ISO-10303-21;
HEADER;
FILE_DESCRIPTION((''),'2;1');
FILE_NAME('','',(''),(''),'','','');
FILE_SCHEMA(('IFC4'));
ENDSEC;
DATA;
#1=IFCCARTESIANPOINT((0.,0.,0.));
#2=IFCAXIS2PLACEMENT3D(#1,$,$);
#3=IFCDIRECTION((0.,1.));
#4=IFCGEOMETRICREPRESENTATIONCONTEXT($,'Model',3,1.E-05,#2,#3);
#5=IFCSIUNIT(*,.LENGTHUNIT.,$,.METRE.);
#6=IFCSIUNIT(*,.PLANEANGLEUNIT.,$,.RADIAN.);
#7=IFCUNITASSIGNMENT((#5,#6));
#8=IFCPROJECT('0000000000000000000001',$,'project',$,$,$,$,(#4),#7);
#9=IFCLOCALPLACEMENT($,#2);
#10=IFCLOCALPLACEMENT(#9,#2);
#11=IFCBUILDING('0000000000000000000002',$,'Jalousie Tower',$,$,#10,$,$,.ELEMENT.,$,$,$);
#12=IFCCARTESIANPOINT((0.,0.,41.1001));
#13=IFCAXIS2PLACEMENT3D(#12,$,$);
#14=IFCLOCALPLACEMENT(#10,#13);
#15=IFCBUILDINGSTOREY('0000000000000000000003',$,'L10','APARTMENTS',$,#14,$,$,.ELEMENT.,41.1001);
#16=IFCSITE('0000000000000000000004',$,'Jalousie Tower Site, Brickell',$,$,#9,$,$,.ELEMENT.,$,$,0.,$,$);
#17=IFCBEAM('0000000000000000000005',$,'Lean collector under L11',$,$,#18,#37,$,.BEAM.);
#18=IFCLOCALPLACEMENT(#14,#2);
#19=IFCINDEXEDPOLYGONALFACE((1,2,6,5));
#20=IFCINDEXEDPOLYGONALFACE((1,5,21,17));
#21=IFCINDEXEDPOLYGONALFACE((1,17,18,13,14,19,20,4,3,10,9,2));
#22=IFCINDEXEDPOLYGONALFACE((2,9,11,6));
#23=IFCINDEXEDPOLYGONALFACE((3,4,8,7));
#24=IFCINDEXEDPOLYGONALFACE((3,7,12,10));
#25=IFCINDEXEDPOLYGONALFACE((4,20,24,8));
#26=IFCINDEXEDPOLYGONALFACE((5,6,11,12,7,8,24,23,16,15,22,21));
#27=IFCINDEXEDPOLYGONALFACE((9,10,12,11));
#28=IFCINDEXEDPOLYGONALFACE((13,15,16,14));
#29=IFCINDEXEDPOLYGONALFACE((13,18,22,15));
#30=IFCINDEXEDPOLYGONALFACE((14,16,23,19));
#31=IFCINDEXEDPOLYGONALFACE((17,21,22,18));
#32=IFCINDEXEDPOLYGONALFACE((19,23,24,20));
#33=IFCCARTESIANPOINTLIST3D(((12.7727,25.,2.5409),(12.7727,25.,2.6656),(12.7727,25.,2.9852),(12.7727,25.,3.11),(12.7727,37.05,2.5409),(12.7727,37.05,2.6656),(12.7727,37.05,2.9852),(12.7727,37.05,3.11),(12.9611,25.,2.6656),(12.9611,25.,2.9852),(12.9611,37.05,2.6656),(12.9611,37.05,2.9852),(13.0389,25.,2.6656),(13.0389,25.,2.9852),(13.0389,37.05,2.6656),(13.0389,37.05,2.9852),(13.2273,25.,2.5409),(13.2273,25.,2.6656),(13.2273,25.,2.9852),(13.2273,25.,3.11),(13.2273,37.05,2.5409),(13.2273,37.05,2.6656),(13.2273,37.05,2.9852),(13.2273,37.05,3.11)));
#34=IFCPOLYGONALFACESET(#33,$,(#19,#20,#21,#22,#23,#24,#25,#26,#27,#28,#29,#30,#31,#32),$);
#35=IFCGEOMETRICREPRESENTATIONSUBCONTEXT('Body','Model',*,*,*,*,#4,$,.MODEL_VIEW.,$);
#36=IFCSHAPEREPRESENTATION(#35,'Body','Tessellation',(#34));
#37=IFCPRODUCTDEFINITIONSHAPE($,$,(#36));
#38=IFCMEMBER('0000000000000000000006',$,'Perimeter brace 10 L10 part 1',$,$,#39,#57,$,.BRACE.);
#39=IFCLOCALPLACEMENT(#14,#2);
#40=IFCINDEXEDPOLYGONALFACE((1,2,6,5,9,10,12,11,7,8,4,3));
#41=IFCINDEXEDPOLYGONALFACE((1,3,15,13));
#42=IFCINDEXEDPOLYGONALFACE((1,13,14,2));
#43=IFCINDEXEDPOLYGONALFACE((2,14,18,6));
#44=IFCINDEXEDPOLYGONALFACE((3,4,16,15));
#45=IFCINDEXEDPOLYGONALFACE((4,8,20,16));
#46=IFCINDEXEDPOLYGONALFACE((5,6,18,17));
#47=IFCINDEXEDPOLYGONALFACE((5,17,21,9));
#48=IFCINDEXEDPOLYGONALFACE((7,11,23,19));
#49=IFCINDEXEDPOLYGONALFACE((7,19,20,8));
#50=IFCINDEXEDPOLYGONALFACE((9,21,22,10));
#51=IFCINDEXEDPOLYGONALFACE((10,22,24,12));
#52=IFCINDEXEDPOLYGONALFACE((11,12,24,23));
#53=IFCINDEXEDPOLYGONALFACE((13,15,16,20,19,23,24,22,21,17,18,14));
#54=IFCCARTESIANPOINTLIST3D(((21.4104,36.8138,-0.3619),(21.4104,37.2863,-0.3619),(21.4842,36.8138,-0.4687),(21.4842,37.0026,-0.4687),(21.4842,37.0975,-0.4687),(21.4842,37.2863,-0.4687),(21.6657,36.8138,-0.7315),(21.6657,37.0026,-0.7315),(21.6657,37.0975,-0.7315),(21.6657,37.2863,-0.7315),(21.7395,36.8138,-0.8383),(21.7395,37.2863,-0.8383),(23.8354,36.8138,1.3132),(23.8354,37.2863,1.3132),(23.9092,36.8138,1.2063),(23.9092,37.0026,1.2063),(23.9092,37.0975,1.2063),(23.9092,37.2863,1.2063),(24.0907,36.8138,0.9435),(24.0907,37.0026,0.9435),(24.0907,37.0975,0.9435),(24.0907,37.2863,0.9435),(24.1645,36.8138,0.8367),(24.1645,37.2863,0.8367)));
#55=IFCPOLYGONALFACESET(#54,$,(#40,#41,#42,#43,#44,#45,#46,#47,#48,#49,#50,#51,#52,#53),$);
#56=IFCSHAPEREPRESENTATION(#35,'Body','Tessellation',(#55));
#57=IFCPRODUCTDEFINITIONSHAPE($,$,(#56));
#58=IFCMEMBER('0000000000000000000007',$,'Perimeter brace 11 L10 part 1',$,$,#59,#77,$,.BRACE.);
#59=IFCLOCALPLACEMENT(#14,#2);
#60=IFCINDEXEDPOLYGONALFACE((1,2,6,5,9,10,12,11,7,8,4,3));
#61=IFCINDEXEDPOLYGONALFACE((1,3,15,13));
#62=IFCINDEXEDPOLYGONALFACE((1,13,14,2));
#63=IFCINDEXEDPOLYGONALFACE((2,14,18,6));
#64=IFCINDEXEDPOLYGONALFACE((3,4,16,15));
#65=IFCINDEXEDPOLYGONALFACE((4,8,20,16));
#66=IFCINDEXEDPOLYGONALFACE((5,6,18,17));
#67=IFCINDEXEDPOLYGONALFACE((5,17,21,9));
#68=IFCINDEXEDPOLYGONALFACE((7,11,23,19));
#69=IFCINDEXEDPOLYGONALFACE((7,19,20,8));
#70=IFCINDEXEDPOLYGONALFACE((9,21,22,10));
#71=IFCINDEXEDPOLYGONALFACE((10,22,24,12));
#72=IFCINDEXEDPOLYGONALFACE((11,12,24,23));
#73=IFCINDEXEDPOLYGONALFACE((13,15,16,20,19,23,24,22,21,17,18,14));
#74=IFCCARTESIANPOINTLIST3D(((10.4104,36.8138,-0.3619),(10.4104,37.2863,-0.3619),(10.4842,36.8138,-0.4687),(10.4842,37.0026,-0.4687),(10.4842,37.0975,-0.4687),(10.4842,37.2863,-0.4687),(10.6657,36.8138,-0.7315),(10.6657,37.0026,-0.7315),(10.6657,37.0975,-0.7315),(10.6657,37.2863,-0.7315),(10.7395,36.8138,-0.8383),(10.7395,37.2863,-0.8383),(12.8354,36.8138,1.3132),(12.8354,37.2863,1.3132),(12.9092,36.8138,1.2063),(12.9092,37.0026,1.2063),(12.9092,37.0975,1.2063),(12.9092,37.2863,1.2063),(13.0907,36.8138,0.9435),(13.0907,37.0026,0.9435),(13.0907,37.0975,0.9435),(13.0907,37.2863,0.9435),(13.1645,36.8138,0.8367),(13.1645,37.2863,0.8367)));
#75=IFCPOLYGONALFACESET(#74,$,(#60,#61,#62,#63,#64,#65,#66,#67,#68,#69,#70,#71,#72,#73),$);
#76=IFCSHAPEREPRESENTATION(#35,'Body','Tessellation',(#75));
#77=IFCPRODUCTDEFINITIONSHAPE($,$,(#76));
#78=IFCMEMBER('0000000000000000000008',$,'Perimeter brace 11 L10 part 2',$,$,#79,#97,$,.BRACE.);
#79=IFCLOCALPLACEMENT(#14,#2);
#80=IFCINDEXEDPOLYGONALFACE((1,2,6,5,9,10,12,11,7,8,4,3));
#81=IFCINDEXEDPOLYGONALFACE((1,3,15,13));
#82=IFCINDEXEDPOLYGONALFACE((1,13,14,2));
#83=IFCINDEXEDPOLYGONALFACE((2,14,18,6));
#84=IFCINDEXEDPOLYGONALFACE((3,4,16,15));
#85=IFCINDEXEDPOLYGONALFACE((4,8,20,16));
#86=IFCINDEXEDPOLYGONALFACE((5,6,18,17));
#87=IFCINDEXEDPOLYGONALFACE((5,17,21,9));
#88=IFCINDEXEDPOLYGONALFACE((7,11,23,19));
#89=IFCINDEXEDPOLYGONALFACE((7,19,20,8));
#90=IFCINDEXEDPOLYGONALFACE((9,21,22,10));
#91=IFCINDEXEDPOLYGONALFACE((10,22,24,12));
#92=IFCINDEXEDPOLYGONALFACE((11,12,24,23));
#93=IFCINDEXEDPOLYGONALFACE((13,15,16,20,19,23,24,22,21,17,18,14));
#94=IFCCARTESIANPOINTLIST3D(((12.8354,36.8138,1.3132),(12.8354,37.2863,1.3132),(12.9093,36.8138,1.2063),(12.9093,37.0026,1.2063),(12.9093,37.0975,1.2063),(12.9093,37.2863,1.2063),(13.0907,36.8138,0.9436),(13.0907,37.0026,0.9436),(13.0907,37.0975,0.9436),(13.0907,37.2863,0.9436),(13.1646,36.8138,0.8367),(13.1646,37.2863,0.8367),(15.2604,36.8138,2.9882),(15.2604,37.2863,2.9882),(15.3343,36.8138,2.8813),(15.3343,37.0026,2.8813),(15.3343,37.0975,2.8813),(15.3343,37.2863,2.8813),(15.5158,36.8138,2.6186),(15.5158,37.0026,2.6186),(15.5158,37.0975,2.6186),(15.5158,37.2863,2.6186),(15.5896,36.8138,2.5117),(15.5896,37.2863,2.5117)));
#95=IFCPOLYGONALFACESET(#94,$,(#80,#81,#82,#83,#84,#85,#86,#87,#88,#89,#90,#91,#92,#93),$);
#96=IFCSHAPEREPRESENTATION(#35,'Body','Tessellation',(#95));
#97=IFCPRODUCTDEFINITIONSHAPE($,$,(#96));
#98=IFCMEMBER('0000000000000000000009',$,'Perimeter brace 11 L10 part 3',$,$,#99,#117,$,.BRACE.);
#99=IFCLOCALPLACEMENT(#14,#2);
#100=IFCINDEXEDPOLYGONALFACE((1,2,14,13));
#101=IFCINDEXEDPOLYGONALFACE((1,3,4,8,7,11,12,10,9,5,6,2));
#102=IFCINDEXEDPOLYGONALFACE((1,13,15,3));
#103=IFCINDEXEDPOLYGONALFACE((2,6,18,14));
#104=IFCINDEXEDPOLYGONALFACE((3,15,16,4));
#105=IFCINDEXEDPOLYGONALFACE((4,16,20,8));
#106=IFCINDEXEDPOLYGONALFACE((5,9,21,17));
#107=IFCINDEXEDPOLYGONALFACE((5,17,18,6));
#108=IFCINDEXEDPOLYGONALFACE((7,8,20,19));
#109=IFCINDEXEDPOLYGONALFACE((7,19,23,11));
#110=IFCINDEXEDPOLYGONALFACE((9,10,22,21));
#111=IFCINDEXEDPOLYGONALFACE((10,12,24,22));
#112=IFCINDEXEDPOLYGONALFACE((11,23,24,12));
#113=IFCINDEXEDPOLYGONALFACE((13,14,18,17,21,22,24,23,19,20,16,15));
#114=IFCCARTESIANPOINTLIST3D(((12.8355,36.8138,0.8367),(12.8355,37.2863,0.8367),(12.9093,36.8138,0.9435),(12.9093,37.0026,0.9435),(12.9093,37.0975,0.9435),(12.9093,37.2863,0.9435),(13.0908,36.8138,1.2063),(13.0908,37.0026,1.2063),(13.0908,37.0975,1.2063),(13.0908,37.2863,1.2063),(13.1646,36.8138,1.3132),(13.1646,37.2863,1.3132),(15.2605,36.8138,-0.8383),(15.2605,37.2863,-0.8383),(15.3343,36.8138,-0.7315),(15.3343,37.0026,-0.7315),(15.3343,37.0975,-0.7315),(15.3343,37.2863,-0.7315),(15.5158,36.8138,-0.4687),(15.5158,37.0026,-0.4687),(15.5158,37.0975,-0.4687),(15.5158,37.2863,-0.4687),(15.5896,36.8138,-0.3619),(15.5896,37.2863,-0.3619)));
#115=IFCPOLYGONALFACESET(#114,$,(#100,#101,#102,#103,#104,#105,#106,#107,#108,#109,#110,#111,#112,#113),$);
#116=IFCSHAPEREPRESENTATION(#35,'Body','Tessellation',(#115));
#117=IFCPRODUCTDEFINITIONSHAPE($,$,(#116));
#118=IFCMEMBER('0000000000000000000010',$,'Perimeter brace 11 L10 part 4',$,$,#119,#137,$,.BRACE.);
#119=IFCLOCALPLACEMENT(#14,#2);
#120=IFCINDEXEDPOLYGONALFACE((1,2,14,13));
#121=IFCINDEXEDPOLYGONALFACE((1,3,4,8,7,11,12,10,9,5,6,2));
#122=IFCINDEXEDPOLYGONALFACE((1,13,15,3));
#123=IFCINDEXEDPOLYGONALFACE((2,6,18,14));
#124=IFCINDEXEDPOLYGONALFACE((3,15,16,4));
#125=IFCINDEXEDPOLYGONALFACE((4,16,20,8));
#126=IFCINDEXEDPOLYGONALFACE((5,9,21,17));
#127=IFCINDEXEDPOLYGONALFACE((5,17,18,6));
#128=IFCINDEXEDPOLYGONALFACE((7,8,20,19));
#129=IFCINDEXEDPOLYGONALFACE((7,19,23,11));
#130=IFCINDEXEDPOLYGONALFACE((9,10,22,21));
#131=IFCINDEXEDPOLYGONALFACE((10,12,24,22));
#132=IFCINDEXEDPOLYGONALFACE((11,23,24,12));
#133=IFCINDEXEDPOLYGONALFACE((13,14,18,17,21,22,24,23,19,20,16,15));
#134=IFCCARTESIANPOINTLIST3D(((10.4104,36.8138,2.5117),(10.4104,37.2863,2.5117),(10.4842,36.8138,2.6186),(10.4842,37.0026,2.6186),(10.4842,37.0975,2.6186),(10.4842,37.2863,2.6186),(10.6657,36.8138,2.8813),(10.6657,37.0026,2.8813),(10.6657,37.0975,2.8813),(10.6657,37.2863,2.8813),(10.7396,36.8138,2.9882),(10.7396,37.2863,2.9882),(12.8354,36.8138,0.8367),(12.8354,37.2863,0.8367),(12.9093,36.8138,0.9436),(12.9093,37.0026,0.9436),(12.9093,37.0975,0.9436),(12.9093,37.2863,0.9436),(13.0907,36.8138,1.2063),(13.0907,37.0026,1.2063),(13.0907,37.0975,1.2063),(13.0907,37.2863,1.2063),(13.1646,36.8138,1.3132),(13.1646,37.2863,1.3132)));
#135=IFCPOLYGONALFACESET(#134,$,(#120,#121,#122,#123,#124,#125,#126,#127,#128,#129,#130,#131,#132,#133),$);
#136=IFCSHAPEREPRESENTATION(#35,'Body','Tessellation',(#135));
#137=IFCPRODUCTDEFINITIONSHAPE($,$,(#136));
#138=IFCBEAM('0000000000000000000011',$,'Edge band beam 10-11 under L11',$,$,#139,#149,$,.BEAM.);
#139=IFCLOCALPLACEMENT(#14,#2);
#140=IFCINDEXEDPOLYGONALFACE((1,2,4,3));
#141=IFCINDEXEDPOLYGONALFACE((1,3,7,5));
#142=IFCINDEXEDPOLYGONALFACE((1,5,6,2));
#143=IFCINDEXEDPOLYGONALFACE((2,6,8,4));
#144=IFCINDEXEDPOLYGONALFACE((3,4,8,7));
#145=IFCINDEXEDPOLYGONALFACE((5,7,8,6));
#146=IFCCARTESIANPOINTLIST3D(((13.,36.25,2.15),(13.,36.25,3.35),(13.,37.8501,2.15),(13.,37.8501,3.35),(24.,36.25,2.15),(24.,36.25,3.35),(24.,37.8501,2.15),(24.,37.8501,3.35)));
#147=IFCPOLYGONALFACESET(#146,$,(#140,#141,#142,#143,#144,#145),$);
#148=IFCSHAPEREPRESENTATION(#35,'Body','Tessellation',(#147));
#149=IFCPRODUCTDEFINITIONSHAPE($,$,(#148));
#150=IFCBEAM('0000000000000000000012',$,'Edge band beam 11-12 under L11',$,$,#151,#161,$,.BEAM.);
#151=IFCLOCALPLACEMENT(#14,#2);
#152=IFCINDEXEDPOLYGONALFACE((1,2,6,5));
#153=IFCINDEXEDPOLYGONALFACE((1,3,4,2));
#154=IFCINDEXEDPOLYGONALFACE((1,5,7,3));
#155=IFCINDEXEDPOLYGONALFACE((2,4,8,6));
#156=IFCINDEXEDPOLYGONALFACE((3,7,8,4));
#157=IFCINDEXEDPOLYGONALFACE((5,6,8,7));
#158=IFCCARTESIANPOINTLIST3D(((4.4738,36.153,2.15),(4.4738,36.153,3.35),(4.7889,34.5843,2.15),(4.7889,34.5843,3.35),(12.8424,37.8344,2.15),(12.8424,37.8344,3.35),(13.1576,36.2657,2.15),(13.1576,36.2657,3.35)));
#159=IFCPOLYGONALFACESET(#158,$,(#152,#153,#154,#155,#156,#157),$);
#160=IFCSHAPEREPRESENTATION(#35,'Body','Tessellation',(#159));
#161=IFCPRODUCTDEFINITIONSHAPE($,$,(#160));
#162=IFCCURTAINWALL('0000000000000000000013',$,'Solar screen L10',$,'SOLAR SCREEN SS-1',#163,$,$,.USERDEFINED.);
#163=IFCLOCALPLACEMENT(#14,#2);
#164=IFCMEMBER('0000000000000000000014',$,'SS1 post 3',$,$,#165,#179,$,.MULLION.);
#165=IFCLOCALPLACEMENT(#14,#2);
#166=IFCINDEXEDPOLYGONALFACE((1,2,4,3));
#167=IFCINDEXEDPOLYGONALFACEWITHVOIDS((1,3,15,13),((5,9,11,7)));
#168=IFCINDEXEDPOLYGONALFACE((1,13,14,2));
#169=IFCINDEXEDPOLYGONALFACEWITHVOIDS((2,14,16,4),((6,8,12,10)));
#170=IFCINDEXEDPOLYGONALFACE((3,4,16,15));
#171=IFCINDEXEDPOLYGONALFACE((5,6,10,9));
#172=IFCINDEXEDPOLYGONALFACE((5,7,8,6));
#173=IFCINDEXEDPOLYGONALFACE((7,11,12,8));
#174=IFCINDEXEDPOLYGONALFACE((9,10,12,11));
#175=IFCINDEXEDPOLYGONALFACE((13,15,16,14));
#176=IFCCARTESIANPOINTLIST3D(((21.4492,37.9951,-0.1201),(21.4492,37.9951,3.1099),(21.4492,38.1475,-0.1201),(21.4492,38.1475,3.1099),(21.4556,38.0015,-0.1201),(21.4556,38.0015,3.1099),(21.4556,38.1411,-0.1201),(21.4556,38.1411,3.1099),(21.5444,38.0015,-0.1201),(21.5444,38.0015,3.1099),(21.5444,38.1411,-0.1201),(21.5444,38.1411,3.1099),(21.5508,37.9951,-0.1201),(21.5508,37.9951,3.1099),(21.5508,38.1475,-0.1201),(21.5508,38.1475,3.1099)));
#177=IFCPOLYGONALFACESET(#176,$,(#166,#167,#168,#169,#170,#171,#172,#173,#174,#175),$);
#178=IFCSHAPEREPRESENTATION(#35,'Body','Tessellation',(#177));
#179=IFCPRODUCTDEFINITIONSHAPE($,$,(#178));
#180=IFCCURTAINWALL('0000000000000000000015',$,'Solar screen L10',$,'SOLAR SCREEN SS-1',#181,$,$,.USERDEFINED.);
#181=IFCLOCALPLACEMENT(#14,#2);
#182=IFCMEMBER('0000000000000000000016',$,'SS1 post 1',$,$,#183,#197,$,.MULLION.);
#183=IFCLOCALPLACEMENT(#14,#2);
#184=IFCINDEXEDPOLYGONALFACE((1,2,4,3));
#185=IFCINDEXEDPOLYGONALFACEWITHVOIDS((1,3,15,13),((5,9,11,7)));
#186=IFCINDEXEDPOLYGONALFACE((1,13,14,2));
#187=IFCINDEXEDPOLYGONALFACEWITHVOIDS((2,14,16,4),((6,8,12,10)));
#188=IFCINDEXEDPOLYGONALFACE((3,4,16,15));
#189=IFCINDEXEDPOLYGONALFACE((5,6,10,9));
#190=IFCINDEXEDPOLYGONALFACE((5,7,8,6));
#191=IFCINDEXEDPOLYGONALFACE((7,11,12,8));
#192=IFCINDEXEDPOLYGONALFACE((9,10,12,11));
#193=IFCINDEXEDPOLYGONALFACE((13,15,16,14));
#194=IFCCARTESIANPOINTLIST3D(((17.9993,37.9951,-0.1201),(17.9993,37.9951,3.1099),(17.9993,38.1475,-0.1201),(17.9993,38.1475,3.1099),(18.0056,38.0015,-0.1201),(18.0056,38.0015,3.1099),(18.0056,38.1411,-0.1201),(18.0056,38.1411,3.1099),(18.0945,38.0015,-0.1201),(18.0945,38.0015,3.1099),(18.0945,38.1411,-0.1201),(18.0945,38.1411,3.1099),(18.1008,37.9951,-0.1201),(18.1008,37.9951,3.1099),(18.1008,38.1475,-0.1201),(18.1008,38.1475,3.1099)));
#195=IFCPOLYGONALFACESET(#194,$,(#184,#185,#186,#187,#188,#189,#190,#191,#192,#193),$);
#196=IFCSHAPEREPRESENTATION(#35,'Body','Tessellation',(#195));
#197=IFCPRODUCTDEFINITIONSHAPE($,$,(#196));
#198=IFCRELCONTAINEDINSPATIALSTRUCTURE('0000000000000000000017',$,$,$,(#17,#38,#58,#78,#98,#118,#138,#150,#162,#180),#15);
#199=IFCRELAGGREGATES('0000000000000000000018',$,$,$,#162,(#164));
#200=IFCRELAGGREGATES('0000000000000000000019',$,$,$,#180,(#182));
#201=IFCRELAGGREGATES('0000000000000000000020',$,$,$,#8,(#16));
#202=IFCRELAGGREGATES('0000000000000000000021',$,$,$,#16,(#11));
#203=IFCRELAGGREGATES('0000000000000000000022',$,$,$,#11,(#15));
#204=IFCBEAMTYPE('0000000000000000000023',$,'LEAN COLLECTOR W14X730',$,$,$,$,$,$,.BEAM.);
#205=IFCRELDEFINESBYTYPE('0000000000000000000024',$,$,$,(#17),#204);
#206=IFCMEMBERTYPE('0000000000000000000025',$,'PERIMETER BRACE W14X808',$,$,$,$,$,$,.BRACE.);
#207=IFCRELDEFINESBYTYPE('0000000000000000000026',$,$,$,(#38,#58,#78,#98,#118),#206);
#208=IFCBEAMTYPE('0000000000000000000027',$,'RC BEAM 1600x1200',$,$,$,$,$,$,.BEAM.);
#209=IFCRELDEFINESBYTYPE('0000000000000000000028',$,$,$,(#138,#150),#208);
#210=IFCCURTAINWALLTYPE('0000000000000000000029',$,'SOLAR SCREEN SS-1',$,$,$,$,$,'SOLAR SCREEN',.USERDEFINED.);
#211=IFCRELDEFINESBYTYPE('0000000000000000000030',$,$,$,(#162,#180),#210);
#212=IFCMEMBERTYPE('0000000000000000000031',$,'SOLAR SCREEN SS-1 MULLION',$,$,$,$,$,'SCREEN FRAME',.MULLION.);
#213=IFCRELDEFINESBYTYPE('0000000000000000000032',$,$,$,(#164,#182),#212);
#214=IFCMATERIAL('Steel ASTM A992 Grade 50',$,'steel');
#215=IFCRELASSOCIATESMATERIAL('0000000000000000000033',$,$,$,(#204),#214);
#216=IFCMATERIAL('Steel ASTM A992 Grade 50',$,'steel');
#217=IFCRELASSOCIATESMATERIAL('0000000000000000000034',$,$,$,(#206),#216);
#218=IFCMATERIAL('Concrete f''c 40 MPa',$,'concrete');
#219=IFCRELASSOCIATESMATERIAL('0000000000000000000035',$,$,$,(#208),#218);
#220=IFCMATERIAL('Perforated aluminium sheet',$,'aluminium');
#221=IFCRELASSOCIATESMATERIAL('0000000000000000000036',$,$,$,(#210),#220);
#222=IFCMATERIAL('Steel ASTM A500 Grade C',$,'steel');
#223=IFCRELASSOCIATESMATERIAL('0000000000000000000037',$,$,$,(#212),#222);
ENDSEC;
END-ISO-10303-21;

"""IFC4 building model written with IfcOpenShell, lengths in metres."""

from ifc_helpers import new_model, si_unit, direction, frame, origin, origin_2d, place, context, subcontext, project, spatial, rectangle, hollow_rectangle, i_section, extrude, material, material_profile, profile_set, type_object, element, aggregate, save


model = new_model("IFC4")

# Units and contexts
model_context = context("Model", 3, precision=1e-05, world=origin(), true_north=direction((0.0, 1.0)))
body_context = subcontext(model_context, "Body", "Model", "MODEL_VIEW")
ifc_project = project(units=[si_unit("LENGTHUNIT", "METRE"), si_unit("PLANEANGLEUNIT", "RADIAN")], contexts=[model_context])

# Site, building, storey
site_placement = place(None, origin())
site = spatial("IfcSite", under=ifc_project, at=site_placement, Name="Jalousie Tower Site, Brickell", CompositionType="ELEMENT", RefElevation=0.0)
building_placement = place(site_placement, origin())
building = spatial("IfcBuilding", under=site, at=building_placement, Name="Jalousie Tower", CompositionType="ELEMENT")
storey_placement = place(building_placement, frame((0.0, 0.0, 41.1001)))
storey = spatial("IfcBuildingStorey", under=building, at=storey_placement, Name="L10", Description="APARTMENTS", CompositionType="ELEMENT", Elevation=41.1001)

# Beam
ifc_material_1 = material(Name="Steel ASTM A992 Grade 50", Category="steel")
ifc_material_profile_1 = material_profile(ifc_material_1, i_section(OverallWidth=0.4546, OverallDepth=0.5691, WebThickness=0.0779, FlangeThickness=0.1248, at=origin_2d()), Name="W14X730")
ifc_profile_set_1 = profile_set([ifc_material_profile_1], Name="Steel ASTM A992 Grade 50")
beam_type_1 = type_object("IfcBeamType", Name="LEAN COLLECTOR W14X730", PredefinedType="BEAM", material=ifc_profile_set_1)
beam_1_placement = place(storey_placement, frame((13.0, 37.05, 2.8254), z_axis=(0.0, -1.0, 0.0), x_axis=(1.0, 0.0, 0.0)))
element("IfcBeam", 1, at=beam_1_placement, inside=storey, type_object=beam_type_1, Name="Lean collector under L11", PredefinedType="BEAM", context=body_context, shape_type="SweptSolid", body=[
    extrude(i_section(OverallWidth=0.4546, OverallDepth=0.5691, WebThickness=0.0779, FlangeThickness=0.1248, at=origin_2d()), origin(), (0.0, 0.0, 1.0), 12.05),
])

# Members
ifc_material_2 = material(Name="Steel ASTM A992 Grade 50", Category="steel")
ifc_material_profile_2 = material_profile(ifc_material_2, i_section(OverallWidth=0.4724, OverallDepth=0.5791, WebThickness=0.095, FlangeThickness=0.1299, at=origin_2d()), Name="W14X808")
ifc_profile_set_2 = profile_set([ifc_material_profile_2], Name="Steel ASTM A992 Grade 50")
member_type_1 = type_object("IfcMemberType", Name="PERIMETER BRACE W14X808", PredefinedType="BRACE", material=ifc_profile_set_2)
for number, where, z_axis, x_axis, name in (
    (2, (21.575, 37.05, -0.6001), (0.8228, 0.0, 0.568331), (0.0, 1.0, 0.0), "Perimeter brace 10 L10 part 1"),
    (3, (10.575, 37.05, -0.6001), (0.8228, 0.0, 0.568331), (0.0, 1.0, 0.0), "Perimeter brace 11 L10 part 1"),
    (4, (13.0, 37.05, 1.075), (0.8228, 0.0, 0.568331), (0.0, 1.0, 0.0), "Perimeter brace 11 L10 part 2"),
    (5, (15.425, 37.05, -0.6001), (-0.8228, 0.0, 0.568331), (0.0, -1.0, 0.0), "Perimeter brace 11 L10 part 3"),
    (6, (13.0, 37.05, 1.075), (-0.8228, 0.0, 0.568331), (0.0, -1.0, 0.0), "Perimeter brace 11 L10 part 4"),
):
    element("IfcMember", number, at=place(storey_placement, frame(where, z_axis=z_axis, x_axis=x_axis)), inside=storey, type_object=member_type_1, Name=name, PredefinedType="BRACE", context=body_context, shape_type="SweptSolid", body=[
        extrude(i_section(OverallWidth=0.4724, OverallDepth=0.5791, WebThickness=0.095, FlangeThickness=0.1299, at=origin_2d()), origin(), (0.0, 0.0, 1.0), 2.9473),
    ])

# Beams
ifc_material_3 = material(Name="Concrete f'c 40 MPa", Category="concrete")
ifc_material_profile_3 = material_profile(ifc_material_3, rectangle(XDim=1.6001, YDim=1.2, at=origin_2d()), Name="RC 1600x1200")
ifc_profile_set_3 = profile_set([ifc_material_profile_3], Name="Concrete f'c 40 MPa")
beam_type_2 = type_object("IfcBeamType", Name="RC BEAM 1600x1200", PredefinedType="BEAM", material=ifc_profile_set_3)
beam_2_placement = place(storey_placement, frame((24.0, 37.05, 2.75), z_axis=(-1.0, 0.0, 0.0), x_axis=(0.0, -1.0, 0.0)))
element("IfcBeam", 7, at=beam_2_placement, inside=storey, type_object=beam_type_2, Name="Edge band beam 10-11 under L11", PredefinedType="BEAM", context=body_context, shape_type="SweptSolid", body=[
    extrude(rectangle(XDim=1.6001, YDim=1.2, at=origin_2d()), origin(), (0.0, 0.0, 1.0), 11.0),
])
beam_3_placement = place(storey_placement, frame((13.0, 37.05, 2.75), z_axis=(-0.980408, -0.19698, 0.0), x_axis=(0.19698, -0.980408, 0.0)))
element("IfcBeam", 8, at=beam_3_placement, inside=storey, type_object=beam_type_2, Name="Edge band beam 11-12 under L11", PredefinedType="BEAM", context=body_context, shape_type="SweptSolid", body=[
    extrude(rectangle(XDim=1.6001, YDim=1.2, at=origin_2d()), origin(), (0.0, 0.0, 1.0), 8.5359),
])

# Curtain wall, member
ifc_material_4 = material(Name="Perforated aluminium sheet", Category="aluminium")
curtain_wall_type = type_object("IfcCurtainWallType", Name="SOLAR SCREEN SS-1", ElementType="SOLAR SCREEN", PredefinedType="USERDEFINED", material=ifc_material_4)
curtain_wall_1_placement = place(storey_placement, origin())
curtain_wall_1 = element("IfcCurtainWall", 9, at=curtain_wall_1_placement, inside=storey, type_object=curtain_wall_type, Name="Solar screen L10", ObjectType="SOLAR SCREEN SS-1", PredefinedType="USERDEFINED")
ifc_material_5 = material(Name="Steel ASTM A500 Grade C", Category="steel")
ifc_material_profile_4 = material_profile(ifc_material_5, hollow_rectangle(XDim=0.1016, YDim=0.1523, WallThickness=0.0063, at=origin_2d()), Name="HSS6X4X1/4")
ifc_profile_set_4 = profile_set([ifc_material_profile_4], Name="Steel ASTM A500 Grade C")
member_type_2 = type_object("IfcMemberType", Name="SOLAR SCREEN SS-1 MULLION", ElementType="SCREEN FRAME", PredefinedType="MULLION", material=ifc_profile_set_4)
member_1_placement = place(storey_placement, frame((21.5, 38.0713, -0.1201), z_axis=(0.0, 0.0, 1.0), x_axis=(-1.0, 0.0, 0.0)))
member_1 = element("IfcMember", 10, at=member_1_placement, type_object=member_type_2, Name="SS1 post 3", PredefinedType="MULLION", context=body_context, shape_type="SweptSolid", body=[
    extrude(hollow_rectangle(XDim=0.1016, YDim=0.1523, WallThickness=0.0063, at=origin_2d()), origin(), (0.0, 0.0, 1.0), 3.23),
])

# Curtain wall, member
curtain_wall_2_placement = place(storey_placement, origin())
curtain_wall_2 = element("IfcCurtainWall", 11, at=curtain_wall_2_placement, inside=storey, type_object=curtain_wall_type, Name="Solar screen L10", ObjectType="SOLAR SCREEN SS-1", PredefinedType="USERDEFINED")
member_2_placement = place(storey_placement, frame((18.05, 38.0713, -0.1201), z_axis=(0.0, 0.0, 1.0), x_axis=(-1.0, 0.0, 0.0)))
member_2 = element("IfcMember", 12, at=member_2_placement, type_object=member_type_2, Name="SS1 post 1", PredefinedType="MULLION", context=body_context, shape_type="SweptSolid", body=[
    extrude(hollow_rectangle(XDim=0.1016, YDim=0.1523, WallThickness=0.0063, at=origin_2d()), origin(), (0.0, 0.0, 1.0), 3.23),
])

aggregate(curtain_wall_1, [member_1])
aggregate(curtain_wall_2, [member_2])

save(model, "model.ifc")
